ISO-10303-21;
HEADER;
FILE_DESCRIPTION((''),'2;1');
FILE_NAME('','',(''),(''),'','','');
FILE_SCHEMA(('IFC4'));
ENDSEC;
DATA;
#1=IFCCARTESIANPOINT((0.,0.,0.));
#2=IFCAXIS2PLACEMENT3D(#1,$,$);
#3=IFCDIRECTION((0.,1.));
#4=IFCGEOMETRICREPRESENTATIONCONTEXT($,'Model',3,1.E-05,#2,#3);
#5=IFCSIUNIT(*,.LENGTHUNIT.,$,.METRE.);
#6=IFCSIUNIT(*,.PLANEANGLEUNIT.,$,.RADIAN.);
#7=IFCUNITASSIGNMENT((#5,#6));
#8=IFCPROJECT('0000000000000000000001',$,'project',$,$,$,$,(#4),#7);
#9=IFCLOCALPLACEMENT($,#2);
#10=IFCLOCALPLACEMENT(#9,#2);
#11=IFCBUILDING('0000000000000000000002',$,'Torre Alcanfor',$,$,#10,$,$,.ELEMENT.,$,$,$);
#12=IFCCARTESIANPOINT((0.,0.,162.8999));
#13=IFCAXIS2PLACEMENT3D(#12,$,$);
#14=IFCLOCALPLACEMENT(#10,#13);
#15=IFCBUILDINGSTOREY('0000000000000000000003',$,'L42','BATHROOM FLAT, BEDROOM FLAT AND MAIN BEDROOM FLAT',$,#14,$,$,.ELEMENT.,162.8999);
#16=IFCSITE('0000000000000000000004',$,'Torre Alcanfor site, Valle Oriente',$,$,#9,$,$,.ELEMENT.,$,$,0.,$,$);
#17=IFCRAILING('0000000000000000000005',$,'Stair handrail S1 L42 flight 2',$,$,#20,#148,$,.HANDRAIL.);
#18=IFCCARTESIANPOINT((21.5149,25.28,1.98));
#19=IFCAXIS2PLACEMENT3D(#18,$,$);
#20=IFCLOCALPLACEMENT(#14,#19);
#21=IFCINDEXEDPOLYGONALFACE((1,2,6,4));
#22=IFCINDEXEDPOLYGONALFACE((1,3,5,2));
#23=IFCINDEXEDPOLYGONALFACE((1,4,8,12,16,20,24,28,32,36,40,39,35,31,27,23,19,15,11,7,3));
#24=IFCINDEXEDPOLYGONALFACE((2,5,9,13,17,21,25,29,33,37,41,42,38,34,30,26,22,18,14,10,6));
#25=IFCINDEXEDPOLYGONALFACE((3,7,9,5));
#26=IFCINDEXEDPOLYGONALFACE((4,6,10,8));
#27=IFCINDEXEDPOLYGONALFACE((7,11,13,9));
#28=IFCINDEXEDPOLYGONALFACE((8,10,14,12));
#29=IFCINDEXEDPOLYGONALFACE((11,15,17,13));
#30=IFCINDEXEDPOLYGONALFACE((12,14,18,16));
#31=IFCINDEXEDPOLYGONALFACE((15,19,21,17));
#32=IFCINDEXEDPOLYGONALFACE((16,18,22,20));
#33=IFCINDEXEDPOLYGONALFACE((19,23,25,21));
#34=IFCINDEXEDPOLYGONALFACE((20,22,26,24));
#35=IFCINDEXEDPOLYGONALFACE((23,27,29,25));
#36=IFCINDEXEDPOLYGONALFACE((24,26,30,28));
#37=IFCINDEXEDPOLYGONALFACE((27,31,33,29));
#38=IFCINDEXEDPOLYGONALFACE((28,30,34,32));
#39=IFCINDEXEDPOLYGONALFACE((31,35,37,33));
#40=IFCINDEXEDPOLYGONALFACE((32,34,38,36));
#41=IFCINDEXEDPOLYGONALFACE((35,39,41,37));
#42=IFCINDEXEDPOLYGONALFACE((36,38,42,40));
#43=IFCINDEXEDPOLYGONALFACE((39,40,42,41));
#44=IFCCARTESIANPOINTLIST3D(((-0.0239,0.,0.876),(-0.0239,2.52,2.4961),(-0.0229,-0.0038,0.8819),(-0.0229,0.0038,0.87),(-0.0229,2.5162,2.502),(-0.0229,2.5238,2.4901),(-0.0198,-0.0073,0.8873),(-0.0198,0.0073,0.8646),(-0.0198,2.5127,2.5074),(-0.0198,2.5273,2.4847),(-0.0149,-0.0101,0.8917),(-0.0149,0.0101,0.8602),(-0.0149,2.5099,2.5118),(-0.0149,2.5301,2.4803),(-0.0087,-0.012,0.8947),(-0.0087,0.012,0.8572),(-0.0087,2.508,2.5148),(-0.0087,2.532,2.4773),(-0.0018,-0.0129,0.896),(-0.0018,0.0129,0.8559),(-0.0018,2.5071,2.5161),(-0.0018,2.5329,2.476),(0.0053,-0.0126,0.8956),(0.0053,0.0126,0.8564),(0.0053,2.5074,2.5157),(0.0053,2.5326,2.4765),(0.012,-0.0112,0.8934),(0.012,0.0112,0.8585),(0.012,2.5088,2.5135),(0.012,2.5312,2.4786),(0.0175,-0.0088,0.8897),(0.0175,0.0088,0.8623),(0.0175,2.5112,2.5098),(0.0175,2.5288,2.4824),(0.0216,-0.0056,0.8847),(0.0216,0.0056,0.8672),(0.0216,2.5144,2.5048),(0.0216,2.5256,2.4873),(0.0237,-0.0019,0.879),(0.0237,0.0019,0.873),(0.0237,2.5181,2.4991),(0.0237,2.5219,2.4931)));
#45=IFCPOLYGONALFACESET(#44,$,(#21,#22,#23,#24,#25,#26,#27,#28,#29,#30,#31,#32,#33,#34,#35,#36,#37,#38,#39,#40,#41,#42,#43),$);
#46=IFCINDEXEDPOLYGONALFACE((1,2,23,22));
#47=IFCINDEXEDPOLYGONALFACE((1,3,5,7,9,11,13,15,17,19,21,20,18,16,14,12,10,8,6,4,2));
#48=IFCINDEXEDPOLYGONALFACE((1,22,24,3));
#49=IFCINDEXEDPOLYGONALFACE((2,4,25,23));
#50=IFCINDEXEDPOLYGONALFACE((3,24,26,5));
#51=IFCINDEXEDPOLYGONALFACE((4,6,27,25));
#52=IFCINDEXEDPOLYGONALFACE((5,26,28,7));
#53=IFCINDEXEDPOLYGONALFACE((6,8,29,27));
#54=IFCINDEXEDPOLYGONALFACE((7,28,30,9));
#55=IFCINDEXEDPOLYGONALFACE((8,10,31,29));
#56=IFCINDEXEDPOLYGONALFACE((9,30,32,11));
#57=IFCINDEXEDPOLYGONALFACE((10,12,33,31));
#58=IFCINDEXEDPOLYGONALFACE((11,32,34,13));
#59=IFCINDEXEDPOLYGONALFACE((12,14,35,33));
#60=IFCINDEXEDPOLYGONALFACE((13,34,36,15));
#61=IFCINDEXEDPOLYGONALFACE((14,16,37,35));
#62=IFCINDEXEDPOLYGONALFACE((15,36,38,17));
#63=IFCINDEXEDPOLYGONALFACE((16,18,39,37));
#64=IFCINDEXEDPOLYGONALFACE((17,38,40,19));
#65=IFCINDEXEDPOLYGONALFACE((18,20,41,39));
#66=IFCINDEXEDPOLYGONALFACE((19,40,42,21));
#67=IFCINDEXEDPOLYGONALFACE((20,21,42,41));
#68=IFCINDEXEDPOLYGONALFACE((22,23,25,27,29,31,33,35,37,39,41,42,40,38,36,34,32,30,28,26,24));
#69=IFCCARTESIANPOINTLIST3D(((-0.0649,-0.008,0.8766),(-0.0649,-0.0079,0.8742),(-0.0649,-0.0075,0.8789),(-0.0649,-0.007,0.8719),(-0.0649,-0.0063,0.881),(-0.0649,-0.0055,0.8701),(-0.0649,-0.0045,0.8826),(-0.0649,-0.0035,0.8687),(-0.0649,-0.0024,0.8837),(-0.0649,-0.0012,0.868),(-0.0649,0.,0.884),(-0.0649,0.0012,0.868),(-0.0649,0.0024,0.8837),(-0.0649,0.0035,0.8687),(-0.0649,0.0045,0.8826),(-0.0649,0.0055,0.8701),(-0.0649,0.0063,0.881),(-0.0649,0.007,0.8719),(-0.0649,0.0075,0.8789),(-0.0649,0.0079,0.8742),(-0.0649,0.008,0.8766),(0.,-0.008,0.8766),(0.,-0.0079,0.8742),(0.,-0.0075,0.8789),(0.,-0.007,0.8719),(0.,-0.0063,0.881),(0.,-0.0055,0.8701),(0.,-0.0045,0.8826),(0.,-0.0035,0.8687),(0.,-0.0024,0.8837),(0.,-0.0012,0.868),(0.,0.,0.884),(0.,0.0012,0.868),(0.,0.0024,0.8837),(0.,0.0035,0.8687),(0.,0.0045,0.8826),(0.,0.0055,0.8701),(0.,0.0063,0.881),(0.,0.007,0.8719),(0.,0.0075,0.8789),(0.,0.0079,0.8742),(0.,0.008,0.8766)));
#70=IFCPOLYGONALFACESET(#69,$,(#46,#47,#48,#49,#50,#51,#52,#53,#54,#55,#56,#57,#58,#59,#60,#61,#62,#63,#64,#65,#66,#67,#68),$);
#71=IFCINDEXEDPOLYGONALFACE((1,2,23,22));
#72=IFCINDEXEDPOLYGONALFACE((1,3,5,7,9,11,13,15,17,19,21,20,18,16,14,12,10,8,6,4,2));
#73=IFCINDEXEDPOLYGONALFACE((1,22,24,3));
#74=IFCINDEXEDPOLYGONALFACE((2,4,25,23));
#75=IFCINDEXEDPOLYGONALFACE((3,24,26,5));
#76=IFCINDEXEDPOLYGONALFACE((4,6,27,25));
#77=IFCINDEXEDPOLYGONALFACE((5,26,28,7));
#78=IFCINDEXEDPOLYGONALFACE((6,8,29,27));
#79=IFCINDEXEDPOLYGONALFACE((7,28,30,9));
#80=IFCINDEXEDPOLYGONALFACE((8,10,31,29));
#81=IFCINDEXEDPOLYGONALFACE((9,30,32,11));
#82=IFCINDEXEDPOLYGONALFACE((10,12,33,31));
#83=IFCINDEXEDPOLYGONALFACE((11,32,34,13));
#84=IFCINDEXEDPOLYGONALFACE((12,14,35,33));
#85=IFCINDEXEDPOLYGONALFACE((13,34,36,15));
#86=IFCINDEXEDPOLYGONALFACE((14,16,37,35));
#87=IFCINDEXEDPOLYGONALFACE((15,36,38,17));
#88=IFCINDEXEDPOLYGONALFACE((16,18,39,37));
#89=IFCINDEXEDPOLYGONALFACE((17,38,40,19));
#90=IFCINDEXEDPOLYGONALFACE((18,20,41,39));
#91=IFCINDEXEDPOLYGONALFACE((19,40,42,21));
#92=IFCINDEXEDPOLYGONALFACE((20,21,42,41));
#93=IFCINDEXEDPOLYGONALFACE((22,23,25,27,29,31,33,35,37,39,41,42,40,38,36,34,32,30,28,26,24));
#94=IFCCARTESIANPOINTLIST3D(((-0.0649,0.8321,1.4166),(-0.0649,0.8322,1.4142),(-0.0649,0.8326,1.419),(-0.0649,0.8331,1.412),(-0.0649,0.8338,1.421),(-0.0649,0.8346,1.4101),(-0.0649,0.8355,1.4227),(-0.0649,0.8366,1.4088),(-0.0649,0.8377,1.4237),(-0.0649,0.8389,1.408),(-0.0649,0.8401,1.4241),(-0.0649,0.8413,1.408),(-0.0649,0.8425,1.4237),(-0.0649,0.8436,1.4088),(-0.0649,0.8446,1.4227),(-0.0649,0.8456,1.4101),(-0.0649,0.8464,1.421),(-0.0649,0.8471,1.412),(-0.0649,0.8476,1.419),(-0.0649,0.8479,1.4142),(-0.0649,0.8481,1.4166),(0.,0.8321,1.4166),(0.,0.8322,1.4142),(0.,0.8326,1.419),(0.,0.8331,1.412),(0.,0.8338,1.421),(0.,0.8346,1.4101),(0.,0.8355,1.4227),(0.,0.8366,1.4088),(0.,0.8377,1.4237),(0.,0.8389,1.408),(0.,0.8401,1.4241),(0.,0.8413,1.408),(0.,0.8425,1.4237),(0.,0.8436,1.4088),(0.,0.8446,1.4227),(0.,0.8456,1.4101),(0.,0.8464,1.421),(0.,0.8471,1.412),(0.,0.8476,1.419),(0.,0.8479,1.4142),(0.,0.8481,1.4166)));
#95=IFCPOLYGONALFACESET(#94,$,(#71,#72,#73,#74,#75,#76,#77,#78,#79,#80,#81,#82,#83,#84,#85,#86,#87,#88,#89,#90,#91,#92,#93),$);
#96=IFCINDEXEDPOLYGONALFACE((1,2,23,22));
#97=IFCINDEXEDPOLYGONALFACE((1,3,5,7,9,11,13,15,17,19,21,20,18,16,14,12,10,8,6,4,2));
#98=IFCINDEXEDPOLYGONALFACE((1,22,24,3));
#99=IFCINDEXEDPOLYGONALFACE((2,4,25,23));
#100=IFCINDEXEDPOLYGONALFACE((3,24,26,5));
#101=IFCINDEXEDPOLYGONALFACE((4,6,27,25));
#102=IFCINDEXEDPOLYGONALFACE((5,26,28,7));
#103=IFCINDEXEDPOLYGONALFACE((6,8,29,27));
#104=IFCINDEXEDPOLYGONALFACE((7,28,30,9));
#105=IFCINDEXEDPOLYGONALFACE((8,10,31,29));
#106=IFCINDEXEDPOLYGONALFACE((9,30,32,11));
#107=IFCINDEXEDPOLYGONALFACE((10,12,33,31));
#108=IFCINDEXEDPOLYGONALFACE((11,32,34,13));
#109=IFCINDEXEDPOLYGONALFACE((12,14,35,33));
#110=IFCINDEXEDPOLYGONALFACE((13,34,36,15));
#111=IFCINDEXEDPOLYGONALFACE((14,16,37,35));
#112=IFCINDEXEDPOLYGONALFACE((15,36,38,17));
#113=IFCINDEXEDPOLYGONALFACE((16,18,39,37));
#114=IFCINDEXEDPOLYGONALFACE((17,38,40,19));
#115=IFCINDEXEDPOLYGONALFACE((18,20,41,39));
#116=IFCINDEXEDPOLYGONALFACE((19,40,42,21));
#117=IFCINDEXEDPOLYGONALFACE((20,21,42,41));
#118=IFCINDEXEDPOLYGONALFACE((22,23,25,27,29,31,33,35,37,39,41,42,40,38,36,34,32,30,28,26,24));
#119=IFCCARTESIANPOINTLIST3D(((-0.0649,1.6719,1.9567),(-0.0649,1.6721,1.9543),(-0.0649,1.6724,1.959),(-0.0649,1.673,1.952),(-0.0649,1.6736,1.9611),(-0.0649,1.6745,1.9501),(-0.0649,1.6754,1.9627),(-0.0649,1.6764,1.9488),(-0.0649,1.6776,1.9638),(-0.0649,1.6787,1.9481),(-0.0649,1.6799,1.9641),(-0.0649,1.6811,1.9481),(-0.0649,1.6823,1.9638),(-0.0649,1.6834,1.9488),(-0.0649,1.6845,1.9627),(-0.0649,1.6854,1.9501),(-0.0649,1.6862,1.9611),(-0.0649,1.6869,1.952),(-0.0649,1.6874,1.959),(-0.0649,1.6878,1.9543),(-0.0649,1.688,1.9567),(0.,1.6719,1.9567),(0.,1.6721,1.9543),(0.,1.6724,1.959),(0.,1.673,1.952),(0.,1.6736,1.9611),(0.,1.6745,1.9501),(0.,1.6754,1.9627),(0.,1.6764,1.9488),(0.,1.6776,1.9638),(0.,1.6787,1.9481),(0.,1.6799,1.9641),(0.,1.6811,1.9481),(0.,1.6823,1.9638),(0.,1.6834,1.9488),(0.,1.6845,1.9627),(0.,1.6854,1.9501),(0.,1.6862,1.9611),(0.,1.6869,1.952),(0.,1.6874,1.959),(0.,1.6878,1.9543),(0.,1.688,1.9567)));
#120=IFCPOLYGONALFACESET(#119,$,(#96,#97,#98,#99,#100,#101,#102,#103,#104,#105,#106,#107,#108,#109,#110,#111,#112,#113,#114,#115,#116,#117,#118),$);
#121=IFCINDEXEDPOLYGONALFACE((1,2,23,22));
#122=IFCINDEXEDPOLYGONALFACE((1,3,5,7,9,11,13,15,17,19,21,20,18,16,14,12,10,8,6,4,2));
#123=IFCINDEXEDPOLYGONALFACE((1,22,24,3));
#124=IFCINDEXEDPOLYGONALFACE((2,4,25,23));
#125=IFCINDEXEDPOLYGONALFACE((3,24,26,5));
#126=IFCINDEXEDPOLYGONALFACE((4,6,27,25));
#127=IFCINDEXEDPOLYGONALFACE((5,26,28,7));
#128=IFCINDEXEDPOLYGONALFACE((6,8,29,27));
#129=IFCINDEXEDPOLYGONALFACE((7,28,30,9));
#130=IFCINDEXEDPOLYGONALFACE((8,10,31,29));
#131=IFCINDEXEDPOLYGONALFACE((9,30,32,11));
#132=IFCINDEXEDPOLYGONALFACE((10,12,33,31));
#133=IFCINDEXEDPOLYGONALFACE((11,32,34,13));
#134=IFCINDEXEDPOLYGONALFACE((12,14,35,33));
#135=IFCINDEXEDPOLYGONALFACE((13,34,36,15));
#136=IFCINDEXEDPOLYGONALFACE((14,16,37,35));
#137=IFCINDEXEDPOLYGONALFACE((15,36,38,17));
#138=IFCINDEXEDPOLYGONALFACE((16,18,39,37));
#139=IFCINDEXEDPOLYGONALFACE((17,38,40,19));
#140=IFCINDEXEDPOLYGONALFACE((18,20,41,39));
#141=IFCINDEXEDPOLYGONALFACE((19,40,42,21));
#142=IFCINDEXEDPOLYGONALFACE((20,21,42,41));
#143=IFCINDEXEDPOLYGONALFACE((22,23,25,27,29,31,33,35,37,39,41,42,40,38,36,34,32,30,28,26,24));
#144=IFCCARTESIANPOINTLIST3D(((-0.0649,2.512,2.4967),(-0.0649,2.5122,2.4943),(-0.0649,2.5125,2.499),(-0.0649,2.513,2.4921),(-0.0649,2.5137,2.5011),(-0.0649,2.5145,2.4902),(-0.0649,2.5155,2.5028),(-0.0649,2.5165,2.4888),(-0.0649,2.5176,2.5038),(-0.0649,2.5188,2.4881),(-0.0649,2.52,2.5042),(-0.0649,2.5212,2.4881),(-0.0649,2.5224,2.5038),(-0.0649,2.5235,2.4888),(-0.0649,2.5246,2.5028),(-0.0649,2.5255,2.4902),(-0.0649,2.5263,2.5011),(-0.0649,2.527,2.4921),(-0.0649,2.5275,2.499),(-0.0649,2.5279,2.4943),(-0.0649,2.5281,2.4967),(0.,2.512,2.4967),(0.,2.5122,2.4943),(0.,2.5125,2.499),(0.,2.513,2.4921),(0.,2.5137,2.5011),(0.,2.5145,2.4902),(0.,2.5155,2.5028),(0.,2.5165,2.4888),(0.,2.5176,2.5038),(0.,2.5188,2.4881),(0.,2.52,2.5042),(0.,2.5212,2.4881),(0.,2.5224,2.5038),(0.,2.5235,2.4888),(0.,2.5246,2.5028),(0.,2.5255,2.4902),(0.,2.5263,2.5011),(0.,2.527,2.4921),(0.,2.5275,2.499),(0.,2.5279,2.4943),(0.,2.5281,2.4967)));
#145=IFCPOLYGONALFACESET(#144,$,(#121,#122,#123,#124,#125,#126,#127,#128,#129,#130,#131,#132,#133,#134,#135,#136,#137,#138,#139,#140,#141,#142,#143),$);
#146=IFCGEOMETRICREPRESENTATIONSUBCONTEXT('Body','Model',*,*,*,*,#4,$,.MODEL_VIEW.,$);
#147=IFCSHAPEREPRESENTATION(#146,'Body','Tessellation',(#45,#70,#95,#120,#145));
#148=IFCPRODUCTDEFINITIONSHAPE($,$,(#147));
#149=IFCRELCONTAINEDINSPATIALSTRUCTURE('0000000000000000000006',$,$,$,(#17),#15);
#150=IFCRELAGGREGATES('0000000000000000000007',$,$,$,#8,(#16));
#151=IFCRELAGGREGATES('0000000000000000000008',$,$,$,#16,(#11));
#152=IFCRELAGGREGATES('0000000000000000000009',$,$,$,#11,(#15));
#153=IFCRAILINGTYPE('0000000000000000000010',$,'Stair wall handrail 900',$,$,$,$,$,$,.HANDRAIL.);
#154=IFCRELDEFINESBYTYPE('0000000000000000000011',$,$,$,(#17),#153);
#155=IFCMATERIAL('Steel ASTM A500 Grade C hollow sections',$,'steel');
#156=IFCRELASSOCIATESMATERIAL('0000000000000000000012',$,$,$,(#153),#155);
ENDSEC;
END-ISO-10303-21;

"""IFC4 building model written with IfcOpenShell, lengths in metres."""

from ifc_helpers import new_model, si_unit, direction, frame, origin, origin_2d, place, context, subcontext, project, spatial, circle, extrude, material, type_object, element, save


model = new_model("IFC4")

# Units and contexts
model_context = context("Model", 3, precision=1e-05, world=origin(), true_north=direction((0.0, 1.0)))
body_context = subcontext(model_context, "Body", "Model", "MODEL_VIEW")
ifc_project = project(units=[si_unit("LENGTHUNIT", "METRE"), si_unit("PLANEANGLEUNIT", "RADIAN")], contexts=[model_context])

# Site, building, storey
site_placement = place(None, origin())
site = spatial("IfcSite", under=ifc_project, at=site_placement, Name="Torre Alcanfor site, Valle Oriente", CompositionType="ELEMENT", RefElevation=0.0)
building_placement = place(site_placement, origin())
building = spatial("IfcBuilding", under=site, at=building_placement, Name="Torre Alcanfor", CompositionType="ELEMENT")
storey_placement = place(building_placement, frame((0.0, 0.0, 162.8999)))
storey = spatial("IfcBuildingStorey", under=building, at=storey_placement, Name="L42", Description="BATHROOM FLAT, BEDROOM FLAT AND MAIN BEDROOM FLAT", CompositionType="ELEMENT", Elevation=162.8999)

# Railing
ifc_material_1 = material(Name="Steel ASTM A500 Grade C hollow sections", Category="steel")
railing_type_1 = type_object("IfcRailingType", Name="Stair wall handrail 900", PredefinedType="HANDRAIL", material=ifc_material_1)
railing_1_placement = place(storey_placement, frame((21.5149, 25.28, 1.98)))
element("IfcRailing", 1, at=railing_1_placement, inside=storey, type_object=railing_type_1, Name="Stair handrail S1 L42 flight 2", PredefinedType="HANDRAIL", context=body_context, shape_type="SweptSolid", body=[
    extrude(circle(Radius=0.0239, at=origin_2d()), frame((0.0, 0.0, 0.876), z_axis=(0.0, 0.841163, 0.540782), x_axis=(-1.0, 0.0, 0.0)), (0.0, 0.0, 1.0), 2.9958),
    extrude(circle(Radius=0.0081, at=origin_2d()), frame((0.0, 0.0, 0.876), z_axis=(-1.0, 0.0, 0.0), x_axis=(0.0, 0.0, 1.0)), (0.0, 0.0, 1.0), 0.0649),
    extrude(circle(Radius=0.0081, at=origin_2d()), frame((0.0, 0.8401, 1.416), z_axis=(-1.0, 0.0, 0.0), x_axis=(0.0, 0.0, 1.0)), (0.0, 0.0, 1.0), 0.0649),
    extrude(circle(Radius=0.0081, at=origin_2d()), frame((0.0, 1.6799, 1.9561), z_axis=(-1.0, 0.0, 0.0), x_axis=(0.0, 0.0, 1.0)), (0.0, 0.0, 1.0), 0.0649),
    extrude(circle(Radius=0.0081, at=origin_2d()), frame((0.0, 2.52, 2.4961), z_axis=(-1.0, 0.0, 0.0), x_axis=(0.0, 0.0, 1.0)), (0.0, 0.0, 1.0), 0.0649),
])

save(model, "model.ifc")
